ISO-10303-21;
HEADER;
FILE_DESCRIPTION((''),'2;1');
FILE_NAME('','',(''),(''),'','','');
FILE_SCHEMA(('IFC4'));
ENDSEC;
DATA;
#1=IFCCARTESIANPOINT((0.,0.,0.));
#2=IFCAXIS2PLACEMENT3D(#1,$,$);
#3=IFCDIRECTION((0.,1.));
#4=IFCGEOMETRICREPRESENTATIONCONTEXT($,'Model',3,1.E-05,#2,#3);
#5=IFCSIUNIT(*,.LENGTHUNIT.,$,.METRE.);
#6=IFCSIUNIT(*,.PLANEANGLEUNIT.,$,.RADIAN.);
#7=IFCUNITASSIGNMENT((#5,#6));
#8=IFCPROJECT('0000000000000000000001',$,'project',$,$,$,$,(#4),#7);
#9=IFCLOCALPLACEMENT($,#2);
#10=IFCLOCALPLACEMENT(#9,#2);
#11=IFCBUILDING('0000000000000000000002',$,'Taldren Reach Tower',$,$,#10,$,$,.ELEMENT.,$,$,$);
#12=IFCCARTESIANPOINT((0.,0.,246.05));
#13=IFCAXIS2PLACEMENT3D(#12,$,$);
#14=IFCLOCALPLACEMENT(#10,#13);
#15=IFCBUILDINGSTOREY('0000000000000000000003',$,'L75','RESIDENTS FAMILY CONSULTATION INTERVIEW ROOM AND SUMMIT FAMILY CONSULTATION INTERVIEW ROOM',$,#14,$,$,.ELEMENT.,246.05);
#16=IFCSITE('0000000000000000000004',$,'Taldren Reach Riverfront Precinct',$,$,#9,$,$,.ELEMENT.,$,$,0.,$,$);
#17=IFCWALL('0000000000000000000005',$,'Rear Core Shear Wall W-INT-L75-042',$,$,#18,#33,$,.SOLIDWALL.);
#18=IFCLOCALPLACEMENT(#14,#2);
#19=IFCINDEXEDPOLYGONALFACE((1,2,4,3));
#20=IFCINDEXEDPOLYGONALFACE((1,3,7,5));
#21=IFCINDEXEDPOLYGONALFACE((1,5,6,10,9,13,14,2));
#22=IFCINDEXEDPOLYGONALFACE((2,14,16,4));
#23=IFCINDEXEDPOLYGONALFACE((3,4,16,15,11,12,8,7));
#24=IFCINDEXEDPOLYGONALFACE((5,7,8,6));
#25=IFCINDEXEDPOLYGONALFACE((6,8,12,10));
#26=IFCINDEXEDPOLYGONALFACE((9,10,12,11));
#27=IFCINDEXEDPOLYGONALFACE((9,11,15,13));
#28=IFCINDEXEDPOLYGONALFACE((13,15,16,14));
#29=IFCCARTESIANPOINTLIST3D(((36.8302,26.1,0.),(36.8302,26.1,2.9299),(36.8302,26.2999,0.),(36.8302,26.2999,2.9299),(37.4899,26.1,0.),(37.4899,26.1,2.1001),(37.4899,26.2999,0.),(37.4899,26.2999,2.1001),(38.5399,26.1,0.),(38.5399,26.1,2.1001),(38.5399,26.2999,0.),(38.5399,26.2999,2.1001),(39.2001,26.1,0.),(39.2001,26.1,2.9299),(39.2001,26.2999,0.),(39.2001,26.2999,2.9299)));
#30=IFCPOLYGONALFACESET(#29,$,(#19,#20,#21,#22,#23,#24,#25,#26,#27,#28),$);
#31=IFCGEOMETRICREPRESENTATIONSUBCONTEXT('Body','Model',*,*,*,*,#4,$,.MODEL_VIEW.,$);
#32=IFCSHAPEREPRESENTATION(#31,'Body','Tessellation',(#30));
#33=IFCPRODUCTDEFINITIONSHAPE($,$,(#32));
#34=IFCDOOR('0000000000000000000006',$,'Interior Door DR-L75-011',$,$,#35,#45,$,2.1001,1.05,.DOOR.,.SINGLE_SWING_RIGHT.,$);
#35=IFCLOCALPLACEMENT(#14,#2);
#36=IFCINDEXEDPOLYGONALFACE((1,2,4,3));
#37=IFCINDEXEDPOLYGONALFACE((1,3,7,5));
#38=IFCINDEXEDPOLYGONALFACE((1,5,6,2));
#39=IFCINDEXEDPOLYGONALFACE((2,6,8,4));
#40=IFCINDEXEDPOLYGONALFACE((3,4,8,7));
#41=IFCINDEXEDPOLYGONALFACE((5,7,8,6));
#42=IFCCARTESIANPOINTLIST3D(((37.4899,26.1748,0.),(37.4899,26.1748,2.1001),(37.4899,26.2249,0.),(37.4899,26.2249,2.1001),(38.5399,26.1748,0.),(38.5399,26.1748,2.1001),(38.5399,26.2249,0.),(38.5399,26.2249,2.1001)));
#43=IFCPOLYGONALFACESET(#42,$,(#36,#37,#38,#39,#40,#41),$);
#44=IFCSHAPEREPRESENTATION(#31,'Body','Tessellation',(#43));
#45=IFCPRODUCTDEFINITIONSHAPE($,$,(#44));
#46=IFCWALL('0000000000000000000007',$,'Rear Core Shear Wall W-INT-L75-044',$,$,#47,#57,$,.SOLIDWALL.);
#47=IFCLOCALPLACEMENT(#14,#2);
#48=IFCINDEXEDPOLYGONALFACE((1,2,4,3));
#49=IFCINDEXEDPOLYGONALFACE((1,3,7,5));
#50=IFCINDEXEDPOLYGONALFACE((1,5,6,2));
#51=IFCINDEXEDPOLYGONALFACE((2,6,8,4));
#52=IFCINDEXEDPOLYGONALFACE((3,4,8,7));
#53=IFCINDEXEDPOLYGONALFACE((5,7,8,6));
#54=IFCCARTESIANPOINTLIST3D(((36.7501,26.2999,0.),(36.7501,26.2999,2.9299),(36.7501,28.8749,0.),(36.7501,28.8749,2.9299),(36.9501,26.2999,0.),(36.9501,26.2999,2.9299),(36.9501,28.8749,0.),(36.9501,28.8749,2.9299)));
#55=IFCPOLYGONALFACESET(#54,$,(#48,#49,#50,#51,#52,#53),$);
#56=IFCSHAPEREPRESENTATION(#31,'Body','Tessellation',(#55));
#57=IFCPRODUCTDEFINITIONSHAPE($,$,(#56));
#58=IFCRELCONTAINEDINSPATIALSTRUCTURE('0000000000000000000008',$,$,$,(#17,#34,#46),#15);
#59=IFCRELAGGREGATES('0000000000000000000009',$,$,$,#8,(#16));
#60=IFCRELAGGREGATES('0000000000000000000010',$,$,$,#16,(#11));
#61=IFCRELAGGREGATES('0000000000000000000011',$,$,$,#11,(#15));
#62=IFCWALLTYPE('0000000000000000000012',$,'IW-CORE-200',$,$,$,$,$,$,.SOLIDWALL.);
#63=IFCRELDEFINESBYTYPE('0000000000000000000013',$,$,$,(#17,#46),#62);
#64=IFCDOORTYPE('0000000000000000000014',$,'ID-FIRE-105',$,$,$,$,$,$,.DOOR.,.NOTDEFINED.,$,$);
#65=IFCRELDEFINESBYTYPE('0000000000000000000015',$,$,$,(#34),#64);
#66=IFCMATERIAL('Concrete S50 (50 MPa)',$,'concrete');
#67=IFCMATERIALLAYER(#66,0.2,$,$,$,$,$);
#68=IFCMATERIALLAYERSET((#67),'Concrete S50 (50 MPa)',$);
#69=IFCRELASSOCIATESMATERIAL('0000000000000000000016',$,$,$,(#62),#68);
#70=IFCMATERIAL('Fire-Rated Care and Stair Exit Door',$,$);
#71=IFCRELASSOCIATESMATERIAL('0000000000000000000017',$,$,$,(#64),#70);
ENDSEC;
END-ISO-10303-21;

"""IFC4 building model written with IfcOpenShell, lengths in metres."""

from ifc_helpers import new_model, si_unit, direction, frame, frame_2d, origin, place, context, subcontext, project, spatial, rectangle, extrude, source, transform, mapped, material, layer, layer_set, type_object, element, fill, save


model = new_model("IFC4")

# Units and contexts
model_context = context("Model", 3, precision=1e-05, world=origin(), true_north=direction((0.0, 1.0)))
body_context = subcontext(model_context, "Body", "Model", "MODEL_VIEW")
ifc_project = project(units=[si_unit("LENGTHUNIT", "METRE"), si_unit("PLANEANGLEUNIT", "RADIAN")], contexts=[model_context])

# Site, building, storey
site_placement = place(None, origin())
site = spatial("IfcSite", under=ifc_project, at=site_placement, Name="Taldren Reach Riverfront Precinct", CompositionType="ELEMENT", RefElevation=0.0)
building_placement = place(site_placement, origin())
building = spatial("IfcBuilding", under=site, at=building_placement, Name="Taldren Reach Tower", CompositionType="ELEMENT")
storey_placement = place(building_placement, frame((0.0, 0.0, 246.05)))
storey = spatial("IfcBuildingStorey", under=building, at=storey_placement, Name="L75", Description="RESIDENTS FAMILY CONSULTATION INTERVIEW ROOM AND SUMMIT FAMILY CONSULTATION INTERVIEW ROOM", CompositionType="ELEMENT", Elevation=246.05)

# Shared definitions
ifc_material_1 = material(Name="Concrete S50 (50 MPa)", Category="concrete")
ifc_layer_1 = layer(ifc_material_1, 0.2)
ifc_layer_set_1 = layer_set([ifc_layer_1], Name="Concrete S50 (50 MPa)")
wall_type_1 = type_object("IfcWallType", Name="IW-CORE-200", PredefinedType="SOLIDWALL", material=ifc_layer_set_1)

# Wall, opening, door
shared_shape_1 = source(origin(), body_context, "Body", "SweptSolid", [
    extrude(rectangle(XDim=2.3699, YDim=0.2, at=frame_2d((1.1851, 0.0))), origin(), (0.0, 0.0, 1.0), 2.9299),
])
wall_1_placement = place(storey_placement, frame((36.8301, 26.2, 0.0), z_axis=(0.0, 0.0, 1.0), x_axis=(1.0, 0.0, 0.0)))
wall_1 = element("IfcWall", 1, at=wall_1_placement, inside=storey, type_object=wall_type_1, Name="Rear Core Shear Wall W-INT-L75-042", PredefinedType="SOLIDWALL", context=body_context, shape_type="MappedRepresentation", body=[
    mapped(shared_shape_1, transform((0.0, 0.0, 0.0), scale=1.0)),
])
shared_shape_2 = source(origin(), body_context, "Body", "SweptSolid", [
    extrude(rectangle(XDim=1.05, YDim=2.1001, at=frame_2d((0.5249, 1.05))), frame((0.0, 0.1099, 0.0), z_axis=(0.0, -1.0, 0.0), x_axis=(1.0, 0.0, 0.0)), (0.0, 0.0, 1.0), 0.22),
])
opening_1_placement = place(wall_1_placement, frame((0.6599, 0.0, 0.0)))
opening_1 = element("IfcOpeningElement", 2, at=opening_1_placement, cuts=wall_1, PredefinedType="OPENING", context=body_context, shape_type="MappedRepresentation", body=[
    mapped(shared_shape_2, transform((0.0, 0.0, 0.0), scale=1.0)),
])
ifc_material_2 = material(Name="Fire-Rated Care and Stair Exit Door")
door_type_1 = type_object("IfcDoorType", Name="ID-FIRE-105", OperationType="NOTDEFINED", PredefinedType="DOOR", material=ifc_material_2)
shared_shape_3 = source(origin(), body_context, "Body", "SweptSolid", [
    extrude(rectangle(XDim=1.05, YDim=2.1001, at=frame_2d((0.5249, 1.05))), frame((0.0, 0.0249, 0.0), z_axis=(0.0, -1.0, 0.0), x_axis=(1.0, 0.0, 0.0)), (0.0, 0.0, 1.0), 0.05),
])
door_1_placement = place(opening_1_placement, origin())
door_1 = element("IfcDoor", 3, at=door_1_placement, inside=storey, type_object=door_type_1, Name="Interior Door DR-L75-011", OperationType="SINGLE_SWING_RIGHT", OverallHeight=2.1001, OverallWidth=1.05, PredefinedType="DOOR", context=body_context, shape_type="MappedRepresentation", body=[
    mapped(shared_shape_3, transform((0.0, 0.0, 0.0), scale=1.0)),
])
fill(opening_1, door_1)

# Wall
shared_shape_4 = source(origin(), body_context, "Body", "SweptSolid", [
    extrude(rectangle(XDim=2.575, YDim=0.2, at=frame_2d((1.2876, 0.0))), origin(), (0.0, 0.0, 1.0), 2.9299),
])
wall_2_placement = place(storey_placement, frame((36.8501, 28.875, 0.0), z_axis=(0.0, 0.0, 1.0), x_axis=(0.0, -1.0, 0.0)))
element("IfcWall", 4, at=wall_2_placement, inside=storey, type_object=wall_type_1, Name="Rear Core Shear Wall W-INT-L75-044", PredefinedType="SOLIDWALL", context=body_context, shape_type="MappedRepresentation", body=[
    mapped(shared_shape_4, transform((0.0, 0.0, 0.0), scale=1.0)),
])

save(model, "model.ifc")
